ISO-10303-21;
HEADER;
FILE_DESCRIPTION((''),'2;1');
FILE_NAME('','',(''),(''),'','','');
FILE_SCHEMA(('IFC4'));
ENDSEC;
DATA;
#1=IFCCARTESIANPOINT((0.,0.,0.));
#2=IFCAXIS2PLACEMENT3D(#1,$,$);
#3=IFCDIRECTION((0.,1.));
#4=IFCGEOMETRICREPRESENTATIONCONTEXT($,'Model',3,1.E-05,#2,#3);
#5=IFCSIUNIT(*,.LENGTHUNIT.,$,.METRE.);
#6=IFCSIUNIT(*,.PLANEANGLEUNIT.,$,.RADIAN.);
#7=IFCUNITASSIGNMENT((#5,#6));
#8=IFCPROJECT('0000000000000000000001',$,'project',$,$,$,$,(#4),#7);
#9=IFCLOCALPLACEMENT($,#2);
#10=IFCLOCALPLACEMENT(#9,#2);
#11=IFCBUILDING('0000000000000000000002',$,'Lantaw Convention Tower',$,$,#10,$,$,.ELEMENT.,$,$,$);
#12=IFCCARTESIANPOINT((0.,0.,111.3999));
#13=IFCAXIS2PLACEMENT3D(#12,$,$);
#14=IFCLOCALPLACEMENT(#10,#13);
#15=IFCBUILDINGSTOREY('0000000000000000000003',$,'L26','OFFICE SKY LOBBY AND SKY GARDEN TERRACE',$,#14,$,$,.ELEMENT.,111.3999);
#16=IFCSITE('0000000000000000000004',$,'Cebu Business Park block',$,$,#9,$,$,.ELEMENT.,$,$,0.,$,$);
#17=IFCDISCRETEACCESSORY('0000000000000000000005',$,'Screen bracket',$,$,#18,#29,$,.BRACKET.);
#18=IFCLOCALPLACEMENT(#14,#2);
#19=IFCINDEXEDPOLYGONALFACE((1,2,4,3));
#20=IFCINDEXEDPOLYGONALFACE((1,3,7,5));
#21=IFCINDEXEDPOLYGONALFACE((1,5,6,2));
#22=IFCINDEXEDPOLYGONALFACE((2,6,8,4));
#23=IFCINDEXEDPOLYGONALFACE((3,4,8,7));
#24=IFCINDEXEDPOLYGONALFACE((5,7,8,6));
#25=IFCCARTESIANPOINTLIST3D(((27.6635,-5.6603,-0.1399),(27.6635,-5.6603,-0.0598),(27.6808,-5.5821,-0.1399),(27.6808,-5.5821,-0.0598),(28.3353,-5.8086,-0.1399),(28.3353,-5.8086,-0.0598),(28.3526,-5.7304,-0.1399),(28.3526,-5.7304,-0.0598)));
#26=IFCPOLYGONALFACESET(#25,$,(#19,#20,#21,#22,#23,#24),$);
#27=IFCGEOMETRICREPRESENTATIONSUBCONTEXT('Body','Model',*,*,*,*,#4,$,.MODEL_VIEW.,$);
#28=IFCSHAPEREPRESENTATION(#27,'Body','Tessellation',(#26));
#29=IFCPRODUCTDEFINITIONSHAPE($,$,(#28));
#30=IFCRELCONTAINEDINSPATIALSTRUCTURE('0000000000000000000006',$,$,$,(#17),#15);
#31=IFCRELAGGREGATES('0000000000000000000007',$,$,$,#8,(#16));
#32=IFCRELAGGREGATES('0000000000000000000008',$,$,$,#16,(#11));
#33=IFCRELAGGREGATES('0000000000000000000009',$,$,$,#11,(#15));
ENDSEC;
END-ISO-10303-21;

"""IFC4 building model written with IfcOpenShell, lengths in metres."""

from ifc_helpers import new_model, si_unit, direction, frame, origin, origin_2d, place, context, subcontext, project, spatial, rectangle, extrude, element, save


model = new_model("IFC4")

# Units and contexts
model_context = context("Model", 3, precision=1e-05, world=origin(), true_north=direction((0.0, 1.0)))
body_context = subcontext(model_context, "Body", "Model", "MODEL_VIEW")
ifc_project = project(units=[si_unit("LENGTHUNIT", "METRE"), si_unit("PLANEANGLEUNIT", "RADIAN")], contexts=[model_context])

# Site, building, storey
site_placement = place(None, origin())
site = spatial("IfcSite", under=ifc_project, at=site_placement, Name="Cebu Business Park block", CompositionType="ELEMENT", RefElevation=0.0)
building_placement = place(site_placement, origin())
building = spatial("IfcBuilding", under=site, at=building_placement, Name="Lantaw Convention Tower", CompositionType="ELEMENT")
storey_placement = place(building_placement, frame((0.0, 0.0, 111.3999)))
storey = spatial("IfcBuildingStorey", under=building, at=storey_placement, Name="L26", Description="OFFICE SKY LOBBY AND SKY GARDEN TERRACE", CompositionType="ELEMENT", Elevation=111.3999)

# Discrete accessory
discrete_accessory_placement = place(storey_placement, frame((28.0081, -5.6953, -0.1399), z_axis=(0.0, 0.0, 1.0), x_axis=(0.215546, 0.976494, 0.0)))
element("IfcDiscreteAccessory", 1, at=discrete_accessory_placement, inside=storey, Name="Screen bracket", PredefinedType="BRACKET", context=body_context, shape_type="SweptSolid", body=[
    extrude(rectangle(XDim=0.0801, YDim=0.688, at=origin_2d()), origin(), (0.0, 0.0, 1.0), 0.0801),
])

save(model, "model.ifc")
